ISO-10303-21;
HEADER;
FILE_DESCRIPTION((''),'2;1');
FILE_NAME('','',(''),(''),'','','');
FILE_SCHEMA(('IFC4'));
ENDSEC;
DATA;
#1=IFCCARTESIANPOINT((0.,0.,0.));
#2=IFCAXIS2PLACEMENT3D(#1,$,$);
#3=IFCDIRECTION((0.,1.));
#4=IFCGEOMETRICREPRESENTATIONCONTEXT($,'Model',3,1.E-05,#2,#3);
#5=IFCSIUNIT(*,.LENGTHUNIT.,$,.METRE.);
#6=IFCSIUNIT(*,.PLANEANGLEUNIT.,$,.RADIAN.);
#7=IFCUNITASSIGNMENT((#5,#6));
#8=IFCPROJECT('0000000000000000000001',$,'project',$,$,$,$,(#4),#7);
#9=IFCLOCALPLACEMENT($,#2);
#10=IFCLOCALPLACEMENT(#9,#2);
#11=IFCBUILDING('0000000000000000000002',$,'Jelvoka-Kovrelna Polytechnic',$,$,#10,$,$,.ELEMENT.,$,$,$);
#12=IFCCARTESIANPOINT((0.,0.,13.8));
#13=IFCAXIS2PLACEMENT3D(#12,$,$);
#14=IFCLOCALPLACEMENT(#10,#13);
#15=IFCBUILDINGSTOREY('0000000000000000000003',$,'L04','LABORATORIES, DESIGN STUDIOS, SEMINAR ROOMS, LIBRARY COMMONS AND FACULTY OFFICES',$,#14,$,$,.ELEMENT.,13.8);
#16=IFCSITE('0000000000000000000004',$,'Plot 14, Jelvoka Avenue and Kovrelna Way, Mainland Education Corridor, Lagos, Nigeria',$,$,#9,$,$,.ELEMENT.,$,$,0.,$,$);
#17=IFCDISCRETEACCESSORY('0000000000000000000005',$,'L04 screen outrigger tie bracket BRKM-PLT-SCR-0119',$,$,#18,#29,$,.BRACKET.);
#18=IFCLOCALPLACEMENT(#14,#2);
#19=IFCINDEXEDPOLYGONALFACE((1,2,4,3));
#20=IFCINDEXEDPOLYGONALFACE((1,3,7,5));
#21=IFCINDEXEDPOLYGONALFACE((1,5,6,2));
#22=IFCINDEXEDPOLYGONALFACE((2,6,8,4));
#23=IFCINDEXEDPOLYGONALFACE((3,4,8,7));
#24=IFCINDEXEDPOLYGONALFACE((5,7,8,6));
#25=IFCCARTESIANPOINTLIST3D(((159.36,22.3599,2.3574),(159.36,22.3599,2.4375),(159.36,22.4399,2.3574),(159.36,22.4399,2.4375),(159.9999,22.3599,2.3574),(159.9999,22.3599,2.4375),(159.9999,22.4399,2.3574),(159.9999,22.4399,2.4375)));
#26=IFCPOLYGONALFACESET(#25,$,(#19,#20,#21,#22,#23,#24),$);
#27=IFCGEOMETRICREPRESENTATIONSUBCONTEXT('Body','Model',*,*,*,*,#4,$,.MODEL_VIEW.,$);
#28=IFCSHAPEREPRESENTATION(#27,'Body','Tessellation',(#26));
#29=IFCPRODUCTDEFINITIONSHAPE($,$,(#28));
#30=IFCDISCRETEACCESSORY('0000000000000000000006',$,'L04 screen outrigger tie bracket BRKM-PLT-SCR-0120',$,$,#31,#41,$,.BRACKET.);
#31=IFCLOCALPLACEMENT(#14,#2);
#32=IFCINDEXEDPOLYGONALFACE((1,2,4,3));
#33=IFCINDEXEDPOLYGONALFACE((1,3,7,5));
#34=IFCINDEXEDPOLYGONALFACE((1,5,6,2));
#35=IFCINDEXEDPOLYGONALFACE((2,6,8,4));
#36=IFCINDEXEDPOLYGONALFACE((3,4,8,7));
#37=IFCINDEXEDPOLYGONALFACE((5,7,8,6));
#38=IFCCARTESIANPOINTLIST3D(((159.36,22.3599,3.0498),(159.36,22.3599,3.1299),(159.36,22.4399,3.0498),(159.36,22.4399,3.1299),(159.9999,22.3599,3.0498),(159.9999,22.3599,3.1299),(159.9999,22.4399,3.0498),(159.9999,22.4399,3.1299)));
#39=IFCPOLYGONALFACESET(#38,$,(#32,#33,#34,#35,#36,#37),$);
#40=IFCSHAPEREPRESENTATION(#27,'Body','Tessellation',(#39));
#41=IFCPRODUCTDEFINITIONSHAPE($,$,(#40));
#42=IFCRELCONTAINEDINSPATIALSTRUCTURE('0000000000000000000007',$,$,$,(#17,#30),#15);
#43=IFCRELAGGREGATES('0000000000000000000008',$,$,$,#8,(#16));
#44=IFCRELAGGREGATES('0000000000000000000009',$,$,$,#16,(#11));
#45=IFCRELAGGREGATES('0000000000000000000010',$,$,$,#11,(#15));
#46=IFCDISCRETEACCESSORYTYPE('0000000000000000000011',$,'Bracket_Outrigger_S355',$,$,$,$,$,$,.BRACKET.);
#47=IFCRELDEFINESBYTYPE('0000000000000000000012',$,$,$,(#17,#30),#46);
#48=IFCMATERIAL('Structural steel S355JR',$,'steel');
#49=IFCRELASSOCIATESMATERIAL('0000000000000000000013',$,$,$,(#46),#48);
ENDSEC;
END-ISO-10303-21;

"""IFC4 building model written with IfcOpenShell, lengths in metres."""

from ifc_helpers import new_model, si_unit, direction, frame, origin, origin_2d, place, context, subcontext, project, spatial, rectangle, extrude, material, type_object, element, save


model = new_model("IFC4")

# Units and contexts
model_context = context("Model", 3, precision=1e-05, world=origin(), true_north=direction((0.0, 1.0)))
body_context = subcontext(model_context, "Body", "Model", "MODEL_VIEW")
ifc_project = project(units=[si_unit("LENGTHUNIT", "METRE"), si_unit("PLANEANGLEUNIT", "RADIAN")], contexts=[model_context])

# Site, building, storey
site_placement = place(None, origin())
site = spatial("IfcSite", under=ifc_project, at=site_placement, Name="Plot 14, Jelvoka Avenue and Kovrelna Way, Mainland Education Corridor, Lagos, Nigeria", CompositionType="ELEMENT", RefElevation=0.0)
building_placement = place(site_placement, origin())
building = spatial("IfcBuilding", under=site, at=building_placement, Name="Jelvoka-Kovrelna Polytechnic", CompositionType="ELEMENT")
storey_placement = place(building_placement, frame((0.0, 0.0, 13.8)))
storey = spatial("IfcBuildingStorey", under=building, at=storey_placement, Name="L04", Description="LABORATORIES, DESIGN STUDIOS, SEMINAR ROOMS, LIBRARY COMMONS AND FACULTY OFFICES", CompositionType="ELEMENT", Elevation=13.8)

# Discrete accessories
ifc_material_1 = material(Name="Structural steel S355JR", Category="steel")
discrete_accessory_type = type_object("IfcDiscreteAccessoryType", Name="Bracket_Outrigger_S355", PredefinedType="BRACKET", material=ifc_material_1)
for number, where, z_axis, x_axis, name in (
    (1, (159.6799, 22.3999, 2.3574), (0.0, 0.0, 1.0), (1.0, 0.0, 0.0), "L04 screen outrigger tie bracket BRKM-PLT-SCR-0119"),
    (2, (159.6799, 22.3999, 3.0498), (0.0, 0.0, 1.0), (1.0, 0.0, 0.0), "L04 screen outrigger tie bracket BRKM-PLT-SCR-0120"),
):
    element("IfcDiscreteAccessory", number, at=place(storey_placement, frame(where, z_axis=z_axis, x_axis=x_axis)), inside=storey, type_object=discrete_accessory_type, Name=name, PredefinedType="BRACKET", context=body_context, shape_type="SweptSolid", body=[
        extrude(rectangle(XDim=0.6399, YDim=0.0801, at=origin_2d()), origin(), (0.0, 0.0, 1.0), 0.0801),
    ])

save(model, "model.ifc")
